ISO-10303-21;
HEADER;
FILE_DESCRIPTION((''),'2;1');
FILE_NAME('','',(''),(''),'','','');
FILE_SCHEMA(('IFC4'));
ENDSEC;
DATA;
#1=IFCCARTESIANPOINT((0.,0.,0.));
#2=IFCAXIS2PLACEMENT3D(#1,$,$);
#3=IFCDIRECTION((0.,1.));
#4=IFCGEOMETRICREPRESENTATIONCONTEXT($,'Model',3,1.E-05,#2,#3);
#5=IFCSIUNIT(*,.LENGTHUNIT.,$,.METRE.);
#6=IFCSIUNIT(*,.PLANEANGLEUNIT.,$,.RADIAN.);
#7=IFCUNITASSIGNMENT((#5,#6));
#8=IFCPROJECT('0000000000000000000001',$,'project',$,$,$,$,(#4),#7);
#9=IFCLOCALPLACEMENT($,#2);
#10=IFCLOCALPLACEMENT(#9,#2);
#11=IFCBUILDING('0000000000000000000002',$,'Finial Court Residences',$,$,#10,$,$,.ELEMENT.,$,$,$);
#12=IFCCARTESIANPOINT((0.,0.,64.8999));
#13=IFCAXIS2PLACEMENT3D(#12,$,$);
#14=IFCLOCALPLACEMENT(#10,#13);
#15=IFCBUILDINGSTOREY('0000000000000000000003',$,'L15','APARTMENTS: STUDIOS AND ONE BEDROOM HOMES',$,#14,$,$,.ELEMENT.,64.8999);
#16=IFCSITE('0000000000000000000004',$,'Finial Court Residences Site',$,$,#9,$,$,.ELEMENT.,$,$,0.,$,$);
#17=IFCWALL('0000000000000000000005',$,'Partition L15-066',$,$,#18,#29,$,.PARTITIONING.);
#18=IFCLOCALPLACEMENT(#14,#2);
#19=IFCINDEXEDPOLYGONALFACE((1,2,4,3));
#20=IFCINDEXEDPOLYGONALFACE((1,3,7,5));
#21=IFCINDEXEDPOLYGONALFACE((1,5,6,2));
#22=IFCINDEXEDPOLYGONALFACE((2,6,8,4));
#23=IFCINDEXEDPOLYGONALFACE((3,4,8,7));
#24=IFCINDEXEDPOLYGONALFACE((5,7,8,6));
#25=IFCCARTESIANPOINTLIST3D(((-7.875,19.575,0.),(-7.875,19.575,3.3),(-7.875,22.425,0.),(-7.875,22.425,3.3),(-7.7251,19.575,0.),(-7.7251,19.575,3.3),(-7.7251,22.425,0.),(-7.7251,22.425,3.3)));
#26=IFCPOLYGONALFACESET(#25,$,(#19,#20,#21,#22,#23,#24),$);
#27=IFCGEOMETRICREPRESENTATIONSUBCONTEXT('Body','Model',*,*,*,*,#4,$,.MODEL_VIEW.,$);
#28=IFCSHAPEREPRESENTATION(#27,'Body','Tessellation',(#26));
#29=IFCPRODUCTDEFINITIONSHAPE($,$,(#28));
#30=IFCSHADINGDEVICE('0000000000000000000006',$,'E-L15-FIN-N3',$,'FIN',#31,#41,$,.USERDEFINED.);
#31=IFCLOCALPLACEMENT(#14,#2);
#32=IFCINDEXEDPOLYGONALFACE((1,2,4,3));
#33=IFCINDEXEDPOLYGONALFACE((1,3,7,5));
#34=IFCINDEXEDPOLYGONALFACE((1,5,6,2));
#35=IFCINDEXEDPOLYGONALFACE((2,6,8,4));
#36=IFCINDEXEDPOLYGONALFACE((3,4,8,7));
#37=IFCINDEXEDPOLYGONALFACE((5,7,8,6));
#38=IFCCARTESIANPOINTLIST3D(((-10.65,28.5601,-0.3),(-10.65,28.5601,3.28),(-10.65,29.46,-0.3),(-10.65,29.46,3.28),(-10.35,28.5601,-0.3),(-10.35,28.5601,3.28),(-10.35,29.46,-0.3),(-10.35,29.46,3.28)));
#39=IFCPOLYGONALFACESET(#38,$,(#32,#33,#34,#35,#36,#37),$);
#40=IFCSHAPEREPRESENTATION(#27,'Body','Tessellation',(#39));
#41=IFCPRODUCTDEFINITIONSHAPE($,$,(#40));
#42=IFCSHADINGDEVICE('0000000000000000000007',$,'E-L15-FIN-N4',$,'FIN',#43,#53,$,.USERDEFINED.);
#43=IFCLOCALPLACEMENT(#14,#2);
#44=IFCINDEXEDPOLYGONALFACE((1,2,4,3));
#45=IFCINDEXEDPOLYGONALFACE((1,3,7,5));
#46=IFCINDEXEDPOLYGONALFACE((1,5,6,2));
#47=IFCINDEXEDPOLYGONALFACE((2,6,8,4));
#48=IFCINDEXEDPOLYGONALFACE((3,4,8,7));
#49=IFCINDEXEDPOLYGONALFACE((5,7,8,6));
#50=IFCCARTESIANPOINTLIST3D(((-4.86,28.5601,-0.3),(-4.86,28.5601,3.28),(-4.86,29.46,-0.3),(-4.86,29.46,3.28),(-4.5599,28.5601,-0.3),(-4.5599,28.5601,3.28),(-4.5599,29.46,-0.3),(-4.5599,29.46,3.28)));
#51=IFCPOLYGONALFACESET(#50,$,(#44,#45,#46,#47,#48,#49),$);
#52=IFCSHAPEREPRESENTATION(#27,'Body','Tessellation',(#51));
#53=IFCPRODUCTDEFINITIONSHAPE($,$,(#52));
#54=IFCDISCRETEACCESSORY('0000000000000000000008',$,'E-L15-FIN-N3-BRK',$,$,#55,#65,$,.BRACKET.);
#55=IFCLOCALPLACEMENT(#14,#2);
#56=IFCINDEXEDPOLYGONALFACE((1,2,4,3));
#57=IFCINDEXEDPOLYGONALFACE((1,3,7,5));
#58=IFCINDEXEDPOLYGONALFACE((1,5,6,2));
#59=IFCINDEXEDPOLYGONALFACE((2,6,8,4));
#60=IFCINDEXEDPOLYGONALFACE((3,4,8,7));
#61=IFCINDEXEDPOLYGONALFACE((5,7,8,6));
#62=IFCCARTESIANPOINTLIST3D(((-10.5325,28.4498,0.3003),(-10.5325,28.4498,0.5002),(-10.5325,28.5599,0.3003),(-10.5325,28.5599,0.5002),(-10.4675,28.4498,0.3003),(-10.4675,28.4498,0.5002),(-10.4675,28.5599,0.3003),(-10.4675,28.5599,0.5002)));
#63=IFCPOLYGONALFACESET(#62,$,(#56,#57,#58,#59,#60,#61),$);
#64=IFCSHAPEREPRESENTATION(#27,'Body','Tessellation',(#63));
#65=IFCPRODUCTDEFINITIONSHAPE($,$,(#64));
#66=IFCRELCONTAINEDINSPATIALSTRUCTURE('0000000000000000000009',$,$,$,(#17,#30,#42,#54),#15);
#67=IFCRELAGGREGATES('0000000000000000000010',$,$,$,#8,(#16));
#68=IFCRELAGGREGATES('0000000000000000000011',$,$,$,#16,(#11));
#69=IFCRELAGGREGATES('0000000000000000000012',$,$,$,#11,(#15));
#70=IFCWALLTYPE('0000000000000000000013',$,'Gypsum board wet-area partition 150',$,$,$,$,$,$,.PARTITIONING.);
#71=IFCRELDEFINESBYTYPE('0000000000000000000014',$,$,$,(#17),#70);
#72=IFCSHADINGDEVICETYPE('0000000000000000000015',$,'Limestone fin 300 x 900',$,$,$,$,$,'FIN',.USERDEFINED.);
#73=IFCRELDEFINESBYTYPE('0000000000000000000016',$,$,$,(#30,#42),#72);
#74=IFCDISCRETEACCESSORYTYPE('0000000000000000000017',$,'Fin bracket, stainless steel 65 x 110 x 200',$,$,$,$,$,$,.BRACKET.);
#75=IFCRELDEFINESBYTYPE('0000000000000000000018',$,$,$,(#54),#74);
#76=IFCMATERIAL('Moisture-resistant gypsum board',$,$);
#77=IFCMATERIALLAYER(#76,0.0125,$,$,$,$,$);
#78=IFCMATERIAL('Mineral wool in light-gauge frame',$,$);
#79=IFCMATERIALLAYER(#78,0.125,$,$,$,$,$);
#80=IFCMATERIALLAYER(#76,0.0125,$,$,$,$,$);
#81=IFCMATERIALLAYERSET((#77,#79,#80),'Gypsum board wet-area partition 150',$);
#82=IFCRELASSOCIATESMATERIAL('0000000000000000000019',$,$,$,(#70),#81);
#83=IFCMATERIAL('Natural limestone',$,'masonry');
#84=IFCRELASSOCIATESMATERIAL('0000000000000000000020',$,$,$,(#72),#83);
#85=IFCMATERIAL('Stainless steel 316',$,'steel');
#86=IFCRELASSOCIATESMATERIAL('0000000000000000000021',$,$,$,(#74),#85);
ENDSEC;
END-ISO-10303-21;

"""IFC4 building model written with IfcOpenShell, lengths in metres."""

from ifc_helpers import new_model, si_unit, direction, frame, frame_2d, origin, origin_2d, place, context, subcontext, project, spatial, rectangle, extrude, material, layer, layer_set, type_object, element, save


model = new_model("IFC4")

# Units and contexts
model_context = context("Model", 3, precision=1e-05, world=origin(), true_north=direction((0.0, 1.0)))
body_context = subcontext(model_context, "Body", "Model", "MODEL_VIEW")
ifc_project = project(units=[si_unit("LENGTHUNIT", "METRE"), si_unit("PLANEANGLEUNIT", "RADIAN")], contexts=[model_context])

# Site, building, storey
site_placement = place(None, origin())
site = spatial("IfcSite", under=ifc_project, at=site_placement, Name="Finial Court Residences Site", CompositionType="ELEMENT", RefElevation=0.0)
building_placement = place(site_placement, origin())
building = spatial("IfcBuilding", under=site, at=building_placement, Name="Finial Court Residences", CompositionType="ELEMENT")
storey_placement = place(building_placement, frame((0.0, 0.0, 64.8999)))
storey = spatial("IfcBuildingStorey", under=building, at=storey_placement, Name="L15", Description="APARTMENTS: STUDIOS AND ONE BEDROOM HOMES", CompositionType="ELEMENT", Elevation=64.8999)

# Shared definitions
ifc_material_1 = material(Name="Mineral wool in light-gauge frame")

# Shared definitions
ifc_material_2 = material(Name="Moisture-resistant gypsum board")
ifc_layer_1 = layer(ifc_material_2, 0.0125)
ifc_layer_2 = layer(ifc_material_1, 0.125)
ifc_layer_3 = layer(ifc_material_2, 0.0125)
ifc_layer_set_1 = layer_set([ifc_layer_1, ifc_layer_2, ifc_layer_3], Name="Gypsum board wet-area partition 150")
wall_type_1 = type_object("IfcWallType", Name="Gypsum board wet-area partition 150", PredefinedType="PARTITIONING", material=ifc_layer_set_1)

# Wall
wall_1_placement = place(storey_placement, frame((-7.8, 19.575, 0.0), z_axis=(0.0, 0.0, 1.0), x_axis=(0.0, 1.0, 0.0)))
element("IfcWall", 1, at=wall_1_placement, inside=storey, type_object=wall_type_1, Name="Partition L15-066", PredefinedType="PARTITIONING", context=body_context, shape_type="SweptSolid", body=[
    extrude(rectangle(XDim=2.8501, YDim=0.1499, at=frame_2d((1.425, 0.0))), origin(), (0.0, 0.0, 1.0), 3.3),
])

# Shading devices
ifc_material_3 = material(Name="Natural limestone", Category="masonry")
shading_device_type = type_object("IfcShadingDeviceType", Name="Limestone fin 300 x 900", ElementType="FIN", PredefinedType="USERDEFINED", material=ifc_material_3)
for number, where, z_axis, x_axis, name in (
    (2, (-10.5, 29.01, -0.3), (0.0, 0.0, 1.0), (1.0, 0.0, 0.0), "E-L15-FIN-N3"),
    (3, (-4.71, 29.01, -0.3), (0.0, 0.0, 1.0), (1.0, 0.0, 0.0), "E-L15-FIN-N4"),
):
    element("IfcShadingDevice", number, at=place(storey_placement, frame(where, z_axis=z_axis, x_axis=x_axis)), inside=storey, type_object=shading_device_type, Name=name, ObjectType="FIN", PredefinedType="USERDEFINED", context=body_context, shape_type="SweptSolid", body=[
        extrude(rectangle(XDim=0.3, YDim=0.8999, at=origin_2d()), origin(), (0.0, 0.0, 1.0), 3.5801),
    ])

# Discrete accessory
ifc_material_4 = material(Name="Stainless steel 316", Category="steel")
discrete_accessory_type = type_object("IfcDiscreteAccessoryType", Name="Fin bracket, stainless steel 65 x 110 x 200", PredefinedType="BRACKET", material=ifc_material_4)
discrete_accessory_placement = place(storey_placement, frame((-10.5, 28.5049, 0.3003), z_axis=(0.0, 0.0, 1.0), x_axis=(1.0, 0.0, 0.0)))
element("IfcDiscreteAccessory", 4, at=discrete_accessory_placement, inside=storey, type_object=discrete_accessory_type, Name="E-L15-FIN-N3-BRK", PredefinedType="BRACKET", context=body_context, shape_type="SweptSolid", body=[
    extrude(rectangle(XDim=0.0649, YDim=0.1101, at=origin_2d()), origin(), (0.0, 0.0, 1.0), 0.2),
])

save(model, "model.ifc")
